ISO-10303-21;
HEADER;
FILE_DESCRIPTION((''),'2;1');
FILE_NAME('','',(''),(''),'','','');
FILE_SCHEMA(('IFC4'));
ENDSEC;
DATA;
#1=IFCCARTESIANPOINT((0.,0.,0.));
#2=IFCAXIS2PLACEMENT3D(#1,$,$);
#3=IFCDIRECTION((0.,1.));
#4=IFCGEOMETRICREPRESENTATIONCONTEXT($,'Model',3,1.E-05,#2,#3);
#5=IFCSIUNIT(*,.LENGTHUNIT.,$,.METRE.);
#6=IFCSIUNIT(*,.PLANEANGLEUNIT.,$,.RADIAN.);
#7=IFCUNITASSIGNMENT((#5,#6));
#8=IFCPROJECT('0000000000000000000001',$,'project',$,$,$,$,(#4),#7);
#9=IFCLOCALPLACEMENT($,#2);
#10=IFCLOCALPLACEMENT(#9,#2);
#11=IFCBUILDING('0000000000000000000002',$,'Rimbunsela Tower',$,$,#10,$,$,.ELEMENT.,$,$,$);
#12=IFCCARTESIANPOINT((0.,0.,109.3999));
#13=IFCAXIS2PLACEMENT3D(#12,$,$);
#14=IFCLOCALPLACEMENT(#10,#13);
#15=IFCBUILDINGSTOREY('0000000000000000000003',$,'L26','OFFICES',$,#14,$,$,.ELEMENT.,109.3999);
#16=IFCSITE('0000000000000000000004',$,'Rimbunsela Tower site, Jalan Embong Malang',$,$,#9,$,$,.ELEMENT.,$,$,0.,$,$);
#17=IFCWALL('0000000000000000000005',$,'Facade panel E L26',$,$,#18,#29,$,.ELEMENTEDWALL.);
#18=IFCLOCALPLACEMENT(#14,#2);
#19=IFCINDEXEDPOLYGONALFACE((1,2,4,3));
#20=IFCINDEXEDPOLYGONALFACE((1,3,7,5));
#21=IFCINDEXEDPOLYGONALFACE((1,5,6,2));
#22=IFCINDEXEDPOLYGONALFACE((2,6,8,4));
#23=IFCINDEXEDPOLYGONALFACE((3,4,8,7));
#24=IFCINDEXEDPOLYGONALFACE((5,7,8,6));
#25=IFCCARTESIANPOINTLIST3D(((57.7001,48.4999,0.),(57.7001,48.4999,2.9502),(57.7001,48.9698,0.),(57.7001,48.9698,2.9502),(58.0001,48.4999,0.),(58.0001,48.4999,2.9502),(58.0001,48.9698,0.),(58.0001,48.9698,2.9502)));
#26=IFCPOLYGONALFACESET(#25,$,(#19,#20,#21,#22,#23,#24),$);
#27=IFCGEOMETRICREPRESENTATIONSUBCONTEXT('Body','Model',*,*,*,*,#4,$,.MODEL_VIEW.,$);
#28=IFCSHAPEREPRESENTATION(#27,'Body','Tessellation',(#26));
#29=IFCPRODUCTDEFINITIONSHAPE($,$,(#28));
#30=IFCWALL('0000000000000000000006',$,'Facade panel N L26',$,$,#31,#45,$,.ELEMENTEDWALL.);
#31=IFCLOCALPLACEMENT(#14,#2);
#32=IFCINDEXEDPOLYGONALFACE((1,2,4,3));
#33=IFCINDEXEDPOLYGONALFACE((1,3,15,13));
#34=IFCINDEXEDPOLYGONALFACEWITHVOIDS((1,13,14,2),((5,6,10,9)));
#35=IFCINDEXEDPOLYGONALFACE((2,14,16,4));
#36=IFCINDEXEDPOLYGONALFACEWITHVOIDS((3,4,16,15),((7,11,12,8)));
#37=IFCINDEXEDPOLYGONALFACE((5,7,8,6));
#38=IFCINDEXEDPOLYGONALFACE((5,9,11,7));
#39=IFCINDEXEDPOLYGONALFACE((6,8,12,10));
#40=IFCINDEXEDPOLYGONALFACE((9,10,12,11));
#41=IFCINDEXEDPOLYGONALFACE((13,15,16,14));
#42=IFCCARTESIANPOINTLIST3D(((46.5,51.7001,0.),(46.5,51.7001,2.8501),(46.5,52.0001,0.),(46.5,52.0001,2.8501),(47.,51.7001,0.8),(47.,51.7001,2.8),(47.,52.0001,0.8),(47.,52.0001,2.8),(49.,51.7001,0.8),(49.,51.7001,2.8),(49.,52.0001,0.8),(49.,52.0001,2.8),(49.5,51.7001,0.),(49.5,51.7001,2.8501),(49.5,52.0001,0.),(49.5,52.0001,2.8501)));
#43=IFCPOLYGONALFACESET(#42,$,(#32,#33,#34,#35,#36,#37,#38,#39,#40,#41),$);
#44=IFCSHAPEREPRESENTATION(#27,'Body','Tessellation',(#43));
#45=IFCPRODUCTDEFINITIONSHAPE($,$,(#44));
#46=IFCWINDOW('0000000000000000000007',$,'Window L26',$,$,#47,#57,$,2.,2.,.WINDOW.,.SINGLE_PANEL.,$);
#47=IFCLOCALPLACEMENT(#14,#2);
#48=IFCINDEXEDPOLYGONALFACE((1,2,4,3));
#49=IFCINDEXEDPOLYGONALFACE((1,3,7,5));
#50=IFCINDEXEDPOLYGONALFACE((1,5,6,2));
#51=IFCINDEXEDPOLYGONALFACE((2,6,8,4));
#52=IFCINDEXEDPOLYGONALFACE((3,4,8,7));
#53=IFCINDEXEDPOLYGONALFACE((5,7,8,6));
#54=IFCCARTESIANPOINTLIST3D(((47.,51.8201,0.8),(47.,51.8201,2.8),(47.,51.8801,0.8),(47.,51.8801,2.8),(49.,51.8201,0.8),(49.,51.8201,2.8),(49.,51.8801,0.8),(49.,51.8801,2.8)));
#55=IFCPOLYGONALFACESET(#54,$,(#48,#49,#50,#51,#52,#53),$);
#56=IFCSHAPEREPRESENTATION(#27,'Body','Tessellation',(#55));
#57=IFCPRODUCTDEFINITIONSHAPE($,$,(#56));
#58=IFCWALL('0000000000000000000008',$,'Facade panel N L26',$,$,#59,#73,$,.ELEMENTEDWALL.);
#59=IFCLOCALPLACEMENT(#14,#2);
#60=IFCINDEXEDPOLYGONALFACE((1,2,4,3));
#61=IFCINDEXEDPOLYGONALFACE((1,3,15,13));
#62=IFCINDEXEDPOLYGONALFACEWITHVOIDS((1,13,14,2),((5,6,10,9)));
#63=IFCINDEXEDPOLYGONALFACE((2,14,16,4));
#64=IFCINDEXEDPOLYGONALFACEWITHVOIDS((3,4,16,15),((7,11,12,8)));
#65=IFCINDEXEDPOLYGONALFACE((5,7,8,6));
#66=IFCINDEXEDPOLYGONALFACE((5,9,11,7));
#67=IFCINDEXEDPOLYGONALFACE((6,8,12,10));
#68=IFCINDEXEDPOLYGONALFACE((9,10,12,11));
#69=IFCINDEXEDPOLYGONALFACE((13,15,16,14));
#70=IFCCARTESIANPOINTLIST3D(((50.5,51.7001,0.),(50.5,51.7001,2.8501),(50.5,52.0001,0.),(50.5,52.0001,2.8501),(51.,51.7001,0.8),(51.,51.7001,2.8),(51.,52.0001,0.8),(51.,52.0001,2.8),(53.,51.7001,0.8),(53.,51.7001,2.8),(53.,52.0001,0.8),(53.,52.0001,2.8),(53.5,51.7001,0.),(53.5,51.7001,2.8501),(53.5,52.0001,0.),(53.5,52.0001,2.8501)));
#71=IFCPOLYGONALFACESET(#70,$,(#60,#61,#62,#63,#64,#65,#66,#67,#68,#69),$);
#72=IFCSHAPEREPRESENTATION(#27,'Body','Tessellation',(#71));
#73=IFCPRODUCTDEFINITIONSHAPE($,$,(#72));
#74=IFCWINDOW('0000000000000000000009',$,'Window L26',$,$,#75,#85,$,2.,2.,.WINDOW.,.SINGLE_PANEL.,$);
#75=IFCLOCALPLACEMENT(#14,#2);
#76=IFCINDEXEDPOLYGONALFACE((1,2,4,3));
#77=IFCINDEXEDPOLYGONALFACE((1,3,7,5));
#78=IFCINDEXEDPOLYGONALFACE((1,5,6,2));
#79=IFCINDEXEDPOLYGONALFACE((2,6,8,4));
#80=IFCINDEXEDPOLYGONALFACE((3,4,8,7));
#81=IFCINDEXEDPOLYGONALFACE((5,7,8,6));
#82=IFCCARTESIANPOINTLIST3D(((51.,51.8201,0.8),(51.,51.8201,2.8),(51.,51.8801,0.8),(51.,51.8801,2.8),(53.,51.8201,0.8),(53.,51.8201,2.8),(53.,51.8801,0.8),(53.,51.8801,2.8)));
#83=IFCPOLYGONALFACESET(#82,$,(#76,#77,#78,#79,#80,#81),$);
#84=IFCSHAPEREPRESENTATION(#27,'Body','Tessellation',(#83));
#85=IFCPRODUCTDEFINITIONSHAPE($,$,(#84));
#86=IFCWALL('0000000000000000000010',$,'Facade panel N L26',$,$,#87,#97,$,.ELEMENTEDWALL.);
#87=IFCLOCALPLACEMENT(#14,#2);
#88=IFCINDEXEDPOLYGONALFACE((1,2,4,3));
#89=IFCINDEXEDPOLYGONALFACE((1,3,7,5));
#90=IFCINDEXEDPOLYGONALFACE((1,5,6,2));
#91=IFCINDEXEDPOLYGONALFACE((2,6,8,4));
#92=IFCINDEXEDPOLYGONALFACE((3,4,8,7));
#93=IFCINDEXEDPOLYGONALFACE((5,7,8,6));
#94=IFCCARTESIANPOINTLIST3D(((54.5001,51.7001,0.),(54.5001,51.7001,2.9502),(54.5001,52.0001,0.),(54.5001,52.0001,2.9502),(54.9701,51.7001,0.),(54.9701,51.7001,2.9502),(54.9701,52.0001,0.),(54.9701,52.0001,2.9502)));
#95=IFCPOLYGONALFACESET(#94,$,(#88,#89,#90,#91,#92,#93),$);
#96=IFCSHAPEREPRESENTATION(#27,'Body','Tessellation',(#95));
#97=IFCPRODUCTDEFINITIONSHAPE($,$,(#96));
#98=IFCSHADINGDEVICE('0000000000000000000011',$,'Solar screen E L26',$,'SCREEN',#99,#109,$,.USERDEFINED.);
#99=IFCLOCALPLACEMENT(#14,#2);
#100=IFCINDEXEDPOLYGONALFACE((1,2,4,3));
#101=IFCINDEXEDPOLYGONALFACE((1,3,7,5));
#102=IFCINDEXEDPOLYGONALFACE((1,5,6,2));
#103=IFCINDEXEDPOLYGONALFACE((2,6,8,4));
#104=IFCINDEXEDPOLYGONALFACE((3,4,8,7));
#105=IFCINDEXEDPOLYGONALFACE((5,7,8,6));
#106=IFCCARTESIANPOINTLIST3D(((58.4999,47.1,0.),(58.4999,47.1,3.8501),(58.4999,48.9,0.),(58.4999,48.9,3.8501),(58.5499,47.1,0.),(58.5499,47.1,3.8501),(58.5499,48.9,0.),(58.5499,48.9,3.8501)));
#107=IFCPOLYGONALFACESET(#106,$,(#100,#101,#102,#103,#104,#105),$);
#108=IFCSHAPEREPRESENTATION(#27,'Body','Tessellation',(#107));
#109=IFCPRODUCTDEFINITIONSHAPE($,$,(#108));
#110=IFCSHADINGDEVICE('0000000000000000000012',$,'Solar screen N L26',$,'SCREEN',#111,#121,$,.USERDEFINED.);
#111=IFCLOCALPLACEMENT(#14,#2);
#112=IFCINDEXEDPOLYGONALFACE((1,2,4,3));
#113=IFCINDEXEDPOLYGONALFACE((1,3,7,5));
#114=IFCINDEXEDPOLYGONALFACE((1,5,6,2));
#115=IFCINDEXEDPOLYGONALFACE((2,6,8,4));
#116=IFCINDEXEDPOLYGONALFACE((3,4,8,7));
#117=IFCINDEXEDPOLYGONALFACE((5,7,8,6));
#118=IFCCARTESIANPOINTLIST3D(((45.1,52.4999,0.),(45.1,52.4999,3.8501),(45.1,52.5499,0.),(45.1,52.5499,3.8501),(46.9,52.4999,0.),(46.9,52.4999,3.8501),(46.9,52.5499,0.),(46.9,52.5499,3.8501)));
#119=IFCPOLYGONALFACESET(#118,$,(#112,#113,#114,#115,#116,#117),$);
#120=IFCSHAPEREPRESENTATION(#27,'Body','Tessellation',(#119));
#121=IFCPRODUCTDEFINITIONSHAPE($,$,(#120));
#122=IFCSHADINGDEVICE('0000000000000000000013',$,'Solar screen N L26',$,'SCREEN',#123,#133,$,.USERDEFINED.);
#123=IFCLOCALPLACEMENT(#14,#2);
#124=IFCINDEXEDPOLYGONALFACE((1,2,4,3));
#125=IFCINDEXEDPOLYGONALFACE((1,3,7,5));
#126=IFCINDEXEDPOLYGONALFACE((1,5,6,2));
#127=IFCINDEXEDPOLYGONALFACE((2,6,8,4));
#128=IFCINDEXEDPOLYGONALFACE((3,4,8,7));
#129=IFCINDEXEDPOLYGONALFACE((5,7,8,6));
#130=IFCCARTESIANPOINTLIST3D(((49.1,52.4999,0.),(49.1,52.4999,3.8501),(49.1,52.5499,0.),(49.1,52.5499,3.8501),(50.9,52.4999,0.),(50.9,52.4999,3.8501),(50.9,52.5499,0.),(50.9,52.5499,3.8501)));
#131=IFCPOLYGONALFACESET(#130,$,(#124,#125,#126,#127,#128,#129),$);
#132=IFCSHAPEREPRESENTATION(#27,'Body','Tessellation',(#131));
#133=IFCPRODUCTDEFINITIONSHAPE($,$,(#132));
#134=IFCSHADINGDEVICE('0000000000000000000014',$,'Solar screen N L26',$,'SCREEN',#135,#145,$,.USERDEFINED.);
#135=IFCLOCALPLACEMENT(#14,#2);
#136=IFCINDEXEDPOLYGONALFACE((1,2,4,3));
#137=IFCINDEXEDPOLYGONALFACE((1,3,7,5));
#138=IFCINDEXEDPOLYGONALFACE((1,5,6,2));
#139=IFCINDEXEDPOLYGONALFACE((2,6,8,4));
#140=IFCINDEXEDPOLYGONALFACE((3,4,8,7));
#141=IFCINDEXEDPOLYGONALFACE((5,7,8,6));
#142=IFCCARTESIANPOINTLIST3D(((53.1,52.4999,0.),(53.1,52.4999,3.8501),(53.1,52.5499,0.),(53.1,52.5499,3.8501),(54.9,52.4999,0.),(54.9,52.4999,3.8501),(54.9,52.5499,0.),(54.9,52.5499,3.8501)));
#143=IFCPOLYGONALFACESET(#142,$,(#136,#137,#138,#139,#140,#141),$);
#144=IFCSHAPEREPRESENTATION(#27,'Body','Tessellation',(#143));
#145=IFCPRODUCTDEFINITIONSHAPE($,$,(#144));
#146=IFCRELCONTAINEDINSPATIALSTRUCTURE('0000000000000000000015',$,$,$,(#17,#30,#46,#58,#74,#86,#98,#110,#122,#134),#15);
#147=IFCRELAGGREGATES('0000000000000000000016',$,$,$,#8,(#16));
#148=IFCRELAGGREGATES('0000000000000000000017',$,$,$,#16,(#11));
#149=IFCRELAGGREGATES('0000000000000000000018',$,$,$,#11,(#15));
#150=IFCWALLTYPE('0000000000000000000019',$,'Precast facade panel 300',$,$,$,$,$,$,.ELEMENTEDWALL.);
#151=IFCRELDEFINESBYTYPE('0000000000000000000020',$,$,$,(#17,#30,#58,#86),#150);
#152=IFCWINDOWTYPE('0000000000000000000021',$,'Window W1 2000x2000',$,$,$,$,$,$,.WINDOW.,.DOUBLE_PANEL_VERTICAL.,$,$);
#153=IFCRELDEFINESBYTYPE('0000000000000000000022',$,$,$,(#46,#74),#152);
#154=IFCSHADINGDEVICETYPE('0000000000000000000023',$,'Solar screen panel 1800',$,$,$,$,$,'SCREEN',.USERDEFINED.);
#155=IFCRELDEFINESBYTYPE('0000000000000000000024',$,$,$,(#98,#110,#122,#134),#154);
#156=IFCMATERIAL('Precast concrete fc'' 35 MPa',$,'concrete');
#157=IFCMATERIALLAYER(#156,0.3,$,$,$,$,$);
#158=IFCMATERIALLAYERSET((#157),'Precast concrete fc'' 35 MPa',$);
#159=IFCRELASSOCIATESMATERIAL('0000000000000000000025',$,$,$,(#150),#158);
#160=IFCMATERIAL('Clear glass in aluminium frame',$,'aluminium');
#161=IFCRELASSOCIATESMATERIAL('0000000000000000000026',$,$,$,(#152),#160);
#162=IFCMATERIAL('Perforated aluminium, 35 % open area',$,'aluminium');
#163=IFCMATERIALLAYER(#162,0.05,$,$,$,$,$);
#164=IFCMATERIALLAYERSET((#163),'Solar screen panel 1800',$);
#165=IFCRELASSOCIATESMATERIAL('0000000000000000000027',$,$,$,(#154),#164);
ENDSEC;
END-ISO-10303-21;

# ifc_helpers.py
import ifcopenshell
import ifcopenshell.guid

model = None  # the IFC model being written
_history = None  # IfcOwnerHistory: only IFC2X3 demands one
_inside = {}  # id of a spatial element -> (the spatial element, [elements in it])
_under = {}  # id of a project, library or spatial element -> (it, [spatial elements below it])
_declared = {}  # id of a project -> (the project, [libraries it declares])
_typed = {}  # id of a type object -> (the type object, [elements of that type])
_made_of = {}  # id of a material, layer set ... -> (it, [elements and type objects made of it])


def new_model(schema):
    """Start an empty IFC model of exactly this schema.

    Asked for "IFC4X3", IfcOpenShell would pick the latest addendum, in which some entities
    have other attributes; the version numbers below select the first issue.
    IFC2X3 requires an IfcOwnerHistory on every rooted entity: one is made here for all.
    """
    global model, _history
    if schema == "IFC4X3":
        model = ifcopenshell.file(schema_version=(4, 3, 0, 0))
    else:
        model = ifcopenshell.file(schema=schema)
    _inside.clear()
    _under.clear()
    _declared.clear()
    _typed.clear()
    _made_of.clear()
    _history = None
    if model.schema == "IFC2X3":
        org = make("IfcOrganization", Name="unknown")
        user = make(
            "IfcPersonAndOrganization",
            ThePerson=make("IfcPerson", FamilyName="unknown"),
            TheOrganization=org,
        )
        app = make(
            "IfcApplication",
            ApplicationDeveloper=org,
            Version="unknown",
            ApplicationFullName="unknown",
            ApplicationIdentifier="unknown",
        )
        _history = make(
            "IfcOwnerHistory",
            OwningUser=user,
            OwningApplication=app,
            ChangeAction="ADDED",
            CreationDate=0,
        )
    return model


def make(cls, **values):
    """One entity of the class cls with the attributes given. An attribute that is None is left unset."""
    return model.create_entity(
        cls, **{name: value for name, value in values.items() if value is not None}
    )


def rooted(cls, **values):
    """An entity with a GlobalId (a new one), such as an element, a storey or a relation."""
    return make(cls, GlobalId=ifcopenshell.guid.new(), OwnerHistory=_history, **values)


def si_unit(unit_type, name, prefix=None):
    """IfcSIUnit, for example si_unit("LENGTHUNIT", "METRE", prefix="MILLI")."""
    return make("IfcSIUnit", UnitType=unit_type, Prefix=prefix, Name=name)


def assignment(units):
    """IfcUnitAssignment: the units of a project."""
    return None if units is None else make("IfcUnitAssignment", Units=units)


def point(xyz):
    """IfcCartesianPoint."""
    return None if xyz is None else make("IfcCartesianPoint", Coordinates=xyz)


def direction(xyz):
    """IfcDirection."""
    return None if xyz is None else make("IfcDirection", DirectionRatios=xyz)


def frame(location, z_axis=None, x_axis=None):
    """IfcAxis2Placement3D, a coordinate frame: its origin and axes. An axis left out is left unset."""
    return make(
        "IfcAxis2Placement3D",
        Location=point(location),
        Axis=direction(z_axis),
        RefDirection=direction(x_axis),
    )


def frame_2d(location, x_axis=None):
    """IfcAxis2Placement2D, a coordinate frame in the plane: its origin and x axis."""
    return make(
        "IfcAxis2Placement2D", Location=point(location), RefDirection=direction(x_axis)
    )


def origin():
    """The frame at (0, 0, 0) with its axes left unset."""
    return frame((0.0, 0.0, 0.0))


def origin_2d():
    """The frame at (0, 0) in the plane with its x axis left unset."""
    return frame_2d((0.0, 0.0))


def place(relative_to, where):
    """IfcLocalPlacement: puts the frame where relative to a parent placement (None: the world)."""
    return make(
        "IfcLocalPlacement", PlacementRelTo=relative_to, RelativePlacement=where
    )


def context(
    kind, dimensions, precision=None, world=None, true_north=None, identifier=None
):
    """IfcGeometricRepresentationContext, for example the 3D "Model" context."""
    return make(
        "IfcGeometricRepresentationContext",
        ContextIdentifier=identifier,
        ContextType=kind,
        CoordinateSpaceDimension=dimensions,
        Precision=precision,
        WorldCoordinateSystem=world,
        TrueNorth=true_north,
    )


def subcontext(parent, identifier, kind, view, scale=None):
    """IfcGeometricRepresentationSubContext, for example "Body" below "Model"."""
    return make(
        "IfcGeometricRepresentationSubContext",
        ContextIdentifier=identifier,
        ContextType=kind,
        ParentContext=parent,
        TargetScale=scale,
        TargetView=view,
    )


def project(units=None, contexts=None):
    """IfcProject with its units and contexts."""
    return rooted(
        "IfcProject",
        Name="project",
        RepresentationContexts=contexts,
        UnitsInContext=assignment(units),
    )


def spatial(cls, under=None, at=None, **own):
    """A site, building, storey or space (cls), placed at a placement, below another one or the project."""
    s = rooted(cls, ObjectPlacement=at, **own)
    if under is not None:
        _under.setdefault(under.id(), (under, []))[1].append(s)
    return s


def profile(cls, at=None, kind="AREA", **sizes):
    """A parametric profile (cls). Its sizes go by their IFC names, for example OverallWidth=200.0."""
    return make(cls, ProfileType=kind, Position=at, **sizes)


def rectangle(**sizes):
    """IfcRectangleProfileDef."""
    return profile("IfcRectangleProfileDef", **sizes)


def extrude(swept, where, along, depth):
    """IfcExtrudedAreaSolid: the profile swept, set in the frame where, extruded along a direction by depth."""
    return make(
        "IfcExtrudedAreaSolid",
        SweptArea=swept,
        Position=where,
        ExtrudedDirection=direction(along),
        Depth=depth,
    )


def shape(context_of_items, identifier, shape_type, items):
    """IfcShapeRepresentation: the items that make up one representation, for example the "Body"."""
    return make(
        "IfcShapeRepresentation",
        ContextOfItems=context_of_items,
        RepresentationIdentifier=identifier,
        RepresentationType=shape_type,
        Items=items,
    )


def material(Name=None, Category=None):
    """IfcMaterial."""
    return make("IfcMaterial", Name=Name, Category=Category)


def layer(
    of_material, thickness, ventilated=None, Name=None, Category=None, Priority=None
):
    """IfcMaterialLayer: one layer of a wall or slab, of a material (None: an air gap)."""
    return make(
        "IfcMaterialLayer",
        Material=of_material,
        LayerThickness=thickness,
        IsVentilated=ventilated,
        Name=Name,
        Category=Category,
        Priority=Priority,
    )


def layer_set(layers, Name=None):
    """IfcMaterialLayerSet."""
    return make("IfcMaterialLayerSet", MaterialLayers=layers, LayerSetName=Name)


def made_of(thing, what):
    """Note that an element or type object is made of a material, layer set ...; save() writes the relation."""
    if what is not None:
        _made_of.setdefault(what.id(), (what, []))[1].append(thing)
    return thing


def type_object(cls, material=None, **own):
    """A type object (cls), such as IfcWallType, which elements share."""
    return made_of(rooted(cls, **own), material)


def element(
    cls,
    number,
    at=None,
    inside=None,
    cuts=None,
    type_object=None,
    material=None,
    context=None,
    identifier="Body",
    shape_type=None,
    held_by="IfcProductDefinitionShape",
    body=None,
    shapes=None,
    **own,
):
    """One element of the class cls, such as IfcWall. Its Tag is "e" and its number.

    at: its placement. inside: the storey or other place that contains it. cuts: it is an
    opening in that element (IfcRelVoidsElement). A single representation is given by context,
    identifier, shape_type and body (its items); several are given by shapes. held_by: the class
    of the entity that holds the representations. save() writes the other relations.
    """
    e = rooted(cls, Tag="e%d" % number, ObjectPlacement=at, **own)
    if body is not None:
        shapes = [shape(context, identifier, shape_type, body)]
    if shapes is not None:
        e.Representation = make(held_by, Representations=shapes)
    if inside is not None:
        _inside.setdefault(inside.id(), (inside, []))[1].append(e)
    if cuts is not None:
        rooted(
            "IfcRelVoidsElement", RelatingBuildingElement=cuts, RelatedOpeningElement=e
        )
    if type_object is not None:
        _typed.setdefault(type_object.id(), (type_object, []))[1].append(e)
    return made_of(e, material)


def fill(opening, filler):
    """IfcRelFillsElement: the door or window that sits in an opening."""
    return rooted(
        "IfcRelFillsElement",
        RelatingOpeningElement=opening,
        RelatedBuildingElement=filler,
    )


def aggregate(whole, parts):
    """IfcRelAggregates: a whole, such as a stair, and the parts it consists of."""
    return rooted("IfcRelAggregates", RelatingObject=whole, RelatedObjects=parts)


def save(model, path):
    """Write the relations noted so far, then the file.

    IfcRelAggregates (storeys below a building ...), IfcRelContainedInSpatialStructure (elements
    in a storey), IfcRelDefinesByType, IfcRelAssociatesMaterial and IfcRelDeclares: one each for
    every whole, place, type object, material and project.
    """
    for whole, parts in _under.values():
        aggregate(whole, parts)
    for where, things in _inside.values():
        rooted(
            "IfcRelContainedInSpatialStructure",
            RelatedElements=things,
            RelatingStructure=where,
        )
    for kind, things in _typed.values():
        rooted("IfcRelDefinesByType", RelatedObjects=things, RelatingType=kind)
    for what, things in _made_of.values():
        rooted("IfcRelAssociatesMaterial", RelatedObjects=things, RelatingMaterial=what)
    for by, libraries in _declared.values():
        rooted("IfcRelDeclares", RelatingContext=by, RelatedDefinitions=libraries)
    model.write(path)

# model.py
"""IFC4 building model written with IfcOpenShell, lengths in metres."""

from ifc_helpers import new_model, si_unit, direction, frame, frame_2d, origin, origin_2d, place, context, subcontext, project, spatial, rectangle, extrude, material, layer, layer_set, type_object, element, fill, save


model = new_model("IFC4")

# Units and contexts
model_context = context("Model", 3, precision=1e-05, world=origin(), true_north=direction((0.0, 1.0)))
body_context = subcontext(model_context, "Body", "Model", "MODEL_VIEW")
ifc_project = project(units=[si_unit("LENGTHUNIT", "METRE"), si_unit("PLANEANGLEUNIT", "RADIAN")], contexts=[model_context])

# Site, building, storey
site_placement = place(None, origin())
site = spatial("IfcSite", under=ifc_project, at=site_placement, Name="Rimbunsela Tower site, Jalan Embong Malang", CompositionType="ELEMENT", RefElevation=0.0)
building_placement = place(site_placement, origin())
building = spatial("IfcBuilding", under=site, at=building_placement, Name="Rimbunsela Tower", CompositionType="ELEMENT")
storey_placement = place(building_placement, frame((0.0, 0.0, 109.3999)))
storey = spatial("IfcBuildingStorey", under=building, at=storey_placement, Name="L26", Description="OFFICES", CompositionType="ELEMENT", Elevation=109.3999)

# Wall
ifc_material_1 = material(Name="Precast concrete fc' 35 MPa", Category="concrete")
ifc_layer_1 = layer(ifc_material_1, 0.3)
ifc_layer_set_1 = layer_set([ifc_layer_1], Name="Precast concrete fc' 35 MPa")
wall_type = type_object("IfcWallType", Name="Precast facade panel 300", PredefinedType="ELEMENTEDWALL", material=ifc_layer_set_1)
wall_1_placement = place(storey_placement, frame((57.8501, 48.5, 0.0), z_axis=(0.0, 0.0, 1.0), x_axis=(0.0, 1.0, 0.0)))
element("IfcWall", 1, at=wall_1_placement, inside=storey, type_object=wall_type, Name="Facade panel E L26", PredefinedType="ELEMENTEDWALL", context=body_context, shape_type="SweptSolid", body=[
    extrude(rectangle(XDim=0.47, YDim=0.3, at=frame_2d((0.2349, 0.0))), origin(), (0.0, 0.0, 1.0), 2.9502),
])

# Walls, openings, windows
wall_2_placement = place(storey_placement, frame((49.5, 51.8501, 0.0), z_axis=(0.0, 0.0, 1.0), x_axis=(-1.0, 0.0, 0.0)))
wall_2 = element("IfcWall", 2, at=wall_2_placement, inside=storey, type_object=wall_type, Name="Facade panel N L26", PredefinedType="ELEMENTEDWALL", context=body_context, shape_type="SweptSolid", body=[
    extrude(rectangle(XDim=3.0, YDim=0.3, at=frame_2d((1.5, 0.0))), origin(), (0.0, 0.0, 1.0), 2.8501),
])
opening_1_placement = place(wall_2_placement, frame((0.5, 0.0, 0.8)))
opening_1 = element("IfcOpeningElement", 3, at=opening_1_placement, cuts=wall_2, PredefinedType="OPENING", context=body_context, shape_type="SweptSolid", body=[
    extrude(rectangle(XDim=2.0, YDim=2.0, at=frame_2d((1.0, 1.0))), frame((0.0, 0.1599, 0.0), z_axis=(0.0, -1.0, 0.0), x_axis=(1.0, 0.0, 0.0)), (0.0, 0.0, 1.0), 0.3201),
])
ifc_material_2 = material(Name="Clear glass in aluminium frame", Category="aluminium")
window_type = type_object("IfcWindowType", Name="Window W1 2000x2000", PartitioningType="DOUBLE_PANEL_VERTICAL", PredefinedType="WINDOW", material=ifc_material_2)
window_1_placement = place(opening_1_placement, origin())
window_1 = element("IfcWindow", 4, at=window_1_placement, inside=storey, type_object=window_type, Name="Window L26", OverallHeight=2.0, OverallWidth=2.0, PartitioningType="SINGLE_PANEL", PredefinedType="WINDOW", context=body_context, shape_type="SweptSolid", body=[
    extrude(rectangle(XDim=2.0, YDim=2.0, at=frame_2d((1.0, 1.0))), frame((0.0, 0.03, 0.0), z_axis=(0.0, -1.0, 0.0), x_axis=(1.0, 0.0, 0.0)), (0.0, 0.0, 1.0), 0.0601),
])
fill(opening_1, window_1)
wall_3_placement = place(storey_placement, frame((53.5, 51.8501, 0.0), z_axis=(0.0, 0.0, 1.0), x_axis=(-1.0, 0.0, 0.0)))
wall_3 = element("IfcWall", 5, at=wall_3_placement, inside=storey, type_object=wall_type, Name="Facade panel N L26", PredefinedType="ELEMENTEDWALL", context=body_context, shape_type="SweptSolid", body=[
    extrude(rectangle(XDim=3.0, YDim=0.3, at=frame_2d((1.5, 0.0))), origin(), (0.0, 0.0, 1.0), 2.8501),
])
opening_2_placement = place(wall_3_placement, frame((0.5, 0.0, 0.8)))
opening_2 = element("IfcOpeningElement", 6, at=opening_2_placement, cuts=wall_3, PredefinedType="OPENING", context=body_context, shape_type="SweptSolid", body=[
    extrude(rectangle(XDim=2.0, YDim=2.0, at=frame_2d((1.0, 1.0))), frame((0.0, 0.1599, 0.0), z_axis=(0.0, -1.0, 0.0), x_axis=(1.0, 0.0, 0.0)), (0.0, 0.0, 1.0), 0.3201),
])
window_2_placement = place(opening_2_placement, origin())
window_2 = element("IfcWindow", 7, at=window_2_placement, inside=storey, type_object=window_type, Name="Window L26", OverallHeight=2.0, OverallWidth=2.0, PartitioningType="SINGLE_PANEL", PredefinedType="WINDOW", context=body_context, shape_type="SweptSolid", body=[
    extrude(rectangle(XDim=2.0, YDim=2.0, at=frame_2d((1.0, 1.0))), frame((0.0, 0.03, 0.0), z_axis=(0.0, -1.0, 0.0), x_axis=(1.0, 0.0, 0.0)), (0.0, 0.0, 1.0), 0.0601),
])
fill(opening_2, window_2)

# Wall
wall_4_placement = place(storey_placement, frame((54.97, 51.8501, 0.0), z_axis=(0.0, 0.0, 1.0), x_axis=(-1.0, 0.0, 0.0)))
element("IfcWall", 8, at=wall_4_placement, inside=storey, type_object=wall_type, Name="Facade panel N L26", PredefinedType="ELEMENTEDWALL", context=body_context, shape_type="SweptSolid", body=[
    extrude(rectangle(XDim=0.47, YDim=0.3, at=frame_2d((0.2349, 0.0))), origin(), (0.0, 0.0, 1.0), 2.9502),
])

# Shading devices
ifc_material_3 = material(Name="Perforated aluminium, 35 % open area", Category="aluminium")
ifc_layer_2 = layer(ifc_material_3, 0.05)
ifc_layer_set_2 = layer_set([ifc_layer_2], Name="Solar screen panel 1800")
shading_device_type = type_object("IfcShadingDeviceType", Name="Solar screen panel 1800", ElementType="SCREEN", PredefinedType="USERDEFINED", material=ifc_layer_set_2)
for number, where, z_axis, x_axis, name in (
    (9, (58.5249, 48.0, 0.0), (0.0, 0.0, 1.0), (0.0, 1.0, 0.0), "Solar screen E L26"),
    (10, (46.0, 52.5249, 0.0), (0.0, 0.0, 1.0), (1.0, 0.0, 0.0), "Solar screen N L26"),
    (11, (50.0, 52.5249, 0.0), (0.0, 0.0, 1.0), (1.0, 0.0, 0.0), "Solar screen N L26"),
    (12, (54.0, 52.5249, 0.0), (0.0, 0.0, 1.0), (1.0, 0.0, 0.0), "Solar screen N L26"),
):
    element("IfcShadingDevice", number, at=place(storey_placement, frame(where, z_axis=z_axis, x_axis=x_axis)), inside=storey, type_object=shading_device_type, Name=name, ObjectType="SCREEN", PredefinedType="USERDEFINED", context=body_context, shape_type="SweptSolid", body=[
        extrude(rectangle(XDim=1.8, YDim=0.05, at=origin_2d()), origin(), (0.0, 0.0, 1.0), 3.8501),
    ])

save(model, "model.ifc")
